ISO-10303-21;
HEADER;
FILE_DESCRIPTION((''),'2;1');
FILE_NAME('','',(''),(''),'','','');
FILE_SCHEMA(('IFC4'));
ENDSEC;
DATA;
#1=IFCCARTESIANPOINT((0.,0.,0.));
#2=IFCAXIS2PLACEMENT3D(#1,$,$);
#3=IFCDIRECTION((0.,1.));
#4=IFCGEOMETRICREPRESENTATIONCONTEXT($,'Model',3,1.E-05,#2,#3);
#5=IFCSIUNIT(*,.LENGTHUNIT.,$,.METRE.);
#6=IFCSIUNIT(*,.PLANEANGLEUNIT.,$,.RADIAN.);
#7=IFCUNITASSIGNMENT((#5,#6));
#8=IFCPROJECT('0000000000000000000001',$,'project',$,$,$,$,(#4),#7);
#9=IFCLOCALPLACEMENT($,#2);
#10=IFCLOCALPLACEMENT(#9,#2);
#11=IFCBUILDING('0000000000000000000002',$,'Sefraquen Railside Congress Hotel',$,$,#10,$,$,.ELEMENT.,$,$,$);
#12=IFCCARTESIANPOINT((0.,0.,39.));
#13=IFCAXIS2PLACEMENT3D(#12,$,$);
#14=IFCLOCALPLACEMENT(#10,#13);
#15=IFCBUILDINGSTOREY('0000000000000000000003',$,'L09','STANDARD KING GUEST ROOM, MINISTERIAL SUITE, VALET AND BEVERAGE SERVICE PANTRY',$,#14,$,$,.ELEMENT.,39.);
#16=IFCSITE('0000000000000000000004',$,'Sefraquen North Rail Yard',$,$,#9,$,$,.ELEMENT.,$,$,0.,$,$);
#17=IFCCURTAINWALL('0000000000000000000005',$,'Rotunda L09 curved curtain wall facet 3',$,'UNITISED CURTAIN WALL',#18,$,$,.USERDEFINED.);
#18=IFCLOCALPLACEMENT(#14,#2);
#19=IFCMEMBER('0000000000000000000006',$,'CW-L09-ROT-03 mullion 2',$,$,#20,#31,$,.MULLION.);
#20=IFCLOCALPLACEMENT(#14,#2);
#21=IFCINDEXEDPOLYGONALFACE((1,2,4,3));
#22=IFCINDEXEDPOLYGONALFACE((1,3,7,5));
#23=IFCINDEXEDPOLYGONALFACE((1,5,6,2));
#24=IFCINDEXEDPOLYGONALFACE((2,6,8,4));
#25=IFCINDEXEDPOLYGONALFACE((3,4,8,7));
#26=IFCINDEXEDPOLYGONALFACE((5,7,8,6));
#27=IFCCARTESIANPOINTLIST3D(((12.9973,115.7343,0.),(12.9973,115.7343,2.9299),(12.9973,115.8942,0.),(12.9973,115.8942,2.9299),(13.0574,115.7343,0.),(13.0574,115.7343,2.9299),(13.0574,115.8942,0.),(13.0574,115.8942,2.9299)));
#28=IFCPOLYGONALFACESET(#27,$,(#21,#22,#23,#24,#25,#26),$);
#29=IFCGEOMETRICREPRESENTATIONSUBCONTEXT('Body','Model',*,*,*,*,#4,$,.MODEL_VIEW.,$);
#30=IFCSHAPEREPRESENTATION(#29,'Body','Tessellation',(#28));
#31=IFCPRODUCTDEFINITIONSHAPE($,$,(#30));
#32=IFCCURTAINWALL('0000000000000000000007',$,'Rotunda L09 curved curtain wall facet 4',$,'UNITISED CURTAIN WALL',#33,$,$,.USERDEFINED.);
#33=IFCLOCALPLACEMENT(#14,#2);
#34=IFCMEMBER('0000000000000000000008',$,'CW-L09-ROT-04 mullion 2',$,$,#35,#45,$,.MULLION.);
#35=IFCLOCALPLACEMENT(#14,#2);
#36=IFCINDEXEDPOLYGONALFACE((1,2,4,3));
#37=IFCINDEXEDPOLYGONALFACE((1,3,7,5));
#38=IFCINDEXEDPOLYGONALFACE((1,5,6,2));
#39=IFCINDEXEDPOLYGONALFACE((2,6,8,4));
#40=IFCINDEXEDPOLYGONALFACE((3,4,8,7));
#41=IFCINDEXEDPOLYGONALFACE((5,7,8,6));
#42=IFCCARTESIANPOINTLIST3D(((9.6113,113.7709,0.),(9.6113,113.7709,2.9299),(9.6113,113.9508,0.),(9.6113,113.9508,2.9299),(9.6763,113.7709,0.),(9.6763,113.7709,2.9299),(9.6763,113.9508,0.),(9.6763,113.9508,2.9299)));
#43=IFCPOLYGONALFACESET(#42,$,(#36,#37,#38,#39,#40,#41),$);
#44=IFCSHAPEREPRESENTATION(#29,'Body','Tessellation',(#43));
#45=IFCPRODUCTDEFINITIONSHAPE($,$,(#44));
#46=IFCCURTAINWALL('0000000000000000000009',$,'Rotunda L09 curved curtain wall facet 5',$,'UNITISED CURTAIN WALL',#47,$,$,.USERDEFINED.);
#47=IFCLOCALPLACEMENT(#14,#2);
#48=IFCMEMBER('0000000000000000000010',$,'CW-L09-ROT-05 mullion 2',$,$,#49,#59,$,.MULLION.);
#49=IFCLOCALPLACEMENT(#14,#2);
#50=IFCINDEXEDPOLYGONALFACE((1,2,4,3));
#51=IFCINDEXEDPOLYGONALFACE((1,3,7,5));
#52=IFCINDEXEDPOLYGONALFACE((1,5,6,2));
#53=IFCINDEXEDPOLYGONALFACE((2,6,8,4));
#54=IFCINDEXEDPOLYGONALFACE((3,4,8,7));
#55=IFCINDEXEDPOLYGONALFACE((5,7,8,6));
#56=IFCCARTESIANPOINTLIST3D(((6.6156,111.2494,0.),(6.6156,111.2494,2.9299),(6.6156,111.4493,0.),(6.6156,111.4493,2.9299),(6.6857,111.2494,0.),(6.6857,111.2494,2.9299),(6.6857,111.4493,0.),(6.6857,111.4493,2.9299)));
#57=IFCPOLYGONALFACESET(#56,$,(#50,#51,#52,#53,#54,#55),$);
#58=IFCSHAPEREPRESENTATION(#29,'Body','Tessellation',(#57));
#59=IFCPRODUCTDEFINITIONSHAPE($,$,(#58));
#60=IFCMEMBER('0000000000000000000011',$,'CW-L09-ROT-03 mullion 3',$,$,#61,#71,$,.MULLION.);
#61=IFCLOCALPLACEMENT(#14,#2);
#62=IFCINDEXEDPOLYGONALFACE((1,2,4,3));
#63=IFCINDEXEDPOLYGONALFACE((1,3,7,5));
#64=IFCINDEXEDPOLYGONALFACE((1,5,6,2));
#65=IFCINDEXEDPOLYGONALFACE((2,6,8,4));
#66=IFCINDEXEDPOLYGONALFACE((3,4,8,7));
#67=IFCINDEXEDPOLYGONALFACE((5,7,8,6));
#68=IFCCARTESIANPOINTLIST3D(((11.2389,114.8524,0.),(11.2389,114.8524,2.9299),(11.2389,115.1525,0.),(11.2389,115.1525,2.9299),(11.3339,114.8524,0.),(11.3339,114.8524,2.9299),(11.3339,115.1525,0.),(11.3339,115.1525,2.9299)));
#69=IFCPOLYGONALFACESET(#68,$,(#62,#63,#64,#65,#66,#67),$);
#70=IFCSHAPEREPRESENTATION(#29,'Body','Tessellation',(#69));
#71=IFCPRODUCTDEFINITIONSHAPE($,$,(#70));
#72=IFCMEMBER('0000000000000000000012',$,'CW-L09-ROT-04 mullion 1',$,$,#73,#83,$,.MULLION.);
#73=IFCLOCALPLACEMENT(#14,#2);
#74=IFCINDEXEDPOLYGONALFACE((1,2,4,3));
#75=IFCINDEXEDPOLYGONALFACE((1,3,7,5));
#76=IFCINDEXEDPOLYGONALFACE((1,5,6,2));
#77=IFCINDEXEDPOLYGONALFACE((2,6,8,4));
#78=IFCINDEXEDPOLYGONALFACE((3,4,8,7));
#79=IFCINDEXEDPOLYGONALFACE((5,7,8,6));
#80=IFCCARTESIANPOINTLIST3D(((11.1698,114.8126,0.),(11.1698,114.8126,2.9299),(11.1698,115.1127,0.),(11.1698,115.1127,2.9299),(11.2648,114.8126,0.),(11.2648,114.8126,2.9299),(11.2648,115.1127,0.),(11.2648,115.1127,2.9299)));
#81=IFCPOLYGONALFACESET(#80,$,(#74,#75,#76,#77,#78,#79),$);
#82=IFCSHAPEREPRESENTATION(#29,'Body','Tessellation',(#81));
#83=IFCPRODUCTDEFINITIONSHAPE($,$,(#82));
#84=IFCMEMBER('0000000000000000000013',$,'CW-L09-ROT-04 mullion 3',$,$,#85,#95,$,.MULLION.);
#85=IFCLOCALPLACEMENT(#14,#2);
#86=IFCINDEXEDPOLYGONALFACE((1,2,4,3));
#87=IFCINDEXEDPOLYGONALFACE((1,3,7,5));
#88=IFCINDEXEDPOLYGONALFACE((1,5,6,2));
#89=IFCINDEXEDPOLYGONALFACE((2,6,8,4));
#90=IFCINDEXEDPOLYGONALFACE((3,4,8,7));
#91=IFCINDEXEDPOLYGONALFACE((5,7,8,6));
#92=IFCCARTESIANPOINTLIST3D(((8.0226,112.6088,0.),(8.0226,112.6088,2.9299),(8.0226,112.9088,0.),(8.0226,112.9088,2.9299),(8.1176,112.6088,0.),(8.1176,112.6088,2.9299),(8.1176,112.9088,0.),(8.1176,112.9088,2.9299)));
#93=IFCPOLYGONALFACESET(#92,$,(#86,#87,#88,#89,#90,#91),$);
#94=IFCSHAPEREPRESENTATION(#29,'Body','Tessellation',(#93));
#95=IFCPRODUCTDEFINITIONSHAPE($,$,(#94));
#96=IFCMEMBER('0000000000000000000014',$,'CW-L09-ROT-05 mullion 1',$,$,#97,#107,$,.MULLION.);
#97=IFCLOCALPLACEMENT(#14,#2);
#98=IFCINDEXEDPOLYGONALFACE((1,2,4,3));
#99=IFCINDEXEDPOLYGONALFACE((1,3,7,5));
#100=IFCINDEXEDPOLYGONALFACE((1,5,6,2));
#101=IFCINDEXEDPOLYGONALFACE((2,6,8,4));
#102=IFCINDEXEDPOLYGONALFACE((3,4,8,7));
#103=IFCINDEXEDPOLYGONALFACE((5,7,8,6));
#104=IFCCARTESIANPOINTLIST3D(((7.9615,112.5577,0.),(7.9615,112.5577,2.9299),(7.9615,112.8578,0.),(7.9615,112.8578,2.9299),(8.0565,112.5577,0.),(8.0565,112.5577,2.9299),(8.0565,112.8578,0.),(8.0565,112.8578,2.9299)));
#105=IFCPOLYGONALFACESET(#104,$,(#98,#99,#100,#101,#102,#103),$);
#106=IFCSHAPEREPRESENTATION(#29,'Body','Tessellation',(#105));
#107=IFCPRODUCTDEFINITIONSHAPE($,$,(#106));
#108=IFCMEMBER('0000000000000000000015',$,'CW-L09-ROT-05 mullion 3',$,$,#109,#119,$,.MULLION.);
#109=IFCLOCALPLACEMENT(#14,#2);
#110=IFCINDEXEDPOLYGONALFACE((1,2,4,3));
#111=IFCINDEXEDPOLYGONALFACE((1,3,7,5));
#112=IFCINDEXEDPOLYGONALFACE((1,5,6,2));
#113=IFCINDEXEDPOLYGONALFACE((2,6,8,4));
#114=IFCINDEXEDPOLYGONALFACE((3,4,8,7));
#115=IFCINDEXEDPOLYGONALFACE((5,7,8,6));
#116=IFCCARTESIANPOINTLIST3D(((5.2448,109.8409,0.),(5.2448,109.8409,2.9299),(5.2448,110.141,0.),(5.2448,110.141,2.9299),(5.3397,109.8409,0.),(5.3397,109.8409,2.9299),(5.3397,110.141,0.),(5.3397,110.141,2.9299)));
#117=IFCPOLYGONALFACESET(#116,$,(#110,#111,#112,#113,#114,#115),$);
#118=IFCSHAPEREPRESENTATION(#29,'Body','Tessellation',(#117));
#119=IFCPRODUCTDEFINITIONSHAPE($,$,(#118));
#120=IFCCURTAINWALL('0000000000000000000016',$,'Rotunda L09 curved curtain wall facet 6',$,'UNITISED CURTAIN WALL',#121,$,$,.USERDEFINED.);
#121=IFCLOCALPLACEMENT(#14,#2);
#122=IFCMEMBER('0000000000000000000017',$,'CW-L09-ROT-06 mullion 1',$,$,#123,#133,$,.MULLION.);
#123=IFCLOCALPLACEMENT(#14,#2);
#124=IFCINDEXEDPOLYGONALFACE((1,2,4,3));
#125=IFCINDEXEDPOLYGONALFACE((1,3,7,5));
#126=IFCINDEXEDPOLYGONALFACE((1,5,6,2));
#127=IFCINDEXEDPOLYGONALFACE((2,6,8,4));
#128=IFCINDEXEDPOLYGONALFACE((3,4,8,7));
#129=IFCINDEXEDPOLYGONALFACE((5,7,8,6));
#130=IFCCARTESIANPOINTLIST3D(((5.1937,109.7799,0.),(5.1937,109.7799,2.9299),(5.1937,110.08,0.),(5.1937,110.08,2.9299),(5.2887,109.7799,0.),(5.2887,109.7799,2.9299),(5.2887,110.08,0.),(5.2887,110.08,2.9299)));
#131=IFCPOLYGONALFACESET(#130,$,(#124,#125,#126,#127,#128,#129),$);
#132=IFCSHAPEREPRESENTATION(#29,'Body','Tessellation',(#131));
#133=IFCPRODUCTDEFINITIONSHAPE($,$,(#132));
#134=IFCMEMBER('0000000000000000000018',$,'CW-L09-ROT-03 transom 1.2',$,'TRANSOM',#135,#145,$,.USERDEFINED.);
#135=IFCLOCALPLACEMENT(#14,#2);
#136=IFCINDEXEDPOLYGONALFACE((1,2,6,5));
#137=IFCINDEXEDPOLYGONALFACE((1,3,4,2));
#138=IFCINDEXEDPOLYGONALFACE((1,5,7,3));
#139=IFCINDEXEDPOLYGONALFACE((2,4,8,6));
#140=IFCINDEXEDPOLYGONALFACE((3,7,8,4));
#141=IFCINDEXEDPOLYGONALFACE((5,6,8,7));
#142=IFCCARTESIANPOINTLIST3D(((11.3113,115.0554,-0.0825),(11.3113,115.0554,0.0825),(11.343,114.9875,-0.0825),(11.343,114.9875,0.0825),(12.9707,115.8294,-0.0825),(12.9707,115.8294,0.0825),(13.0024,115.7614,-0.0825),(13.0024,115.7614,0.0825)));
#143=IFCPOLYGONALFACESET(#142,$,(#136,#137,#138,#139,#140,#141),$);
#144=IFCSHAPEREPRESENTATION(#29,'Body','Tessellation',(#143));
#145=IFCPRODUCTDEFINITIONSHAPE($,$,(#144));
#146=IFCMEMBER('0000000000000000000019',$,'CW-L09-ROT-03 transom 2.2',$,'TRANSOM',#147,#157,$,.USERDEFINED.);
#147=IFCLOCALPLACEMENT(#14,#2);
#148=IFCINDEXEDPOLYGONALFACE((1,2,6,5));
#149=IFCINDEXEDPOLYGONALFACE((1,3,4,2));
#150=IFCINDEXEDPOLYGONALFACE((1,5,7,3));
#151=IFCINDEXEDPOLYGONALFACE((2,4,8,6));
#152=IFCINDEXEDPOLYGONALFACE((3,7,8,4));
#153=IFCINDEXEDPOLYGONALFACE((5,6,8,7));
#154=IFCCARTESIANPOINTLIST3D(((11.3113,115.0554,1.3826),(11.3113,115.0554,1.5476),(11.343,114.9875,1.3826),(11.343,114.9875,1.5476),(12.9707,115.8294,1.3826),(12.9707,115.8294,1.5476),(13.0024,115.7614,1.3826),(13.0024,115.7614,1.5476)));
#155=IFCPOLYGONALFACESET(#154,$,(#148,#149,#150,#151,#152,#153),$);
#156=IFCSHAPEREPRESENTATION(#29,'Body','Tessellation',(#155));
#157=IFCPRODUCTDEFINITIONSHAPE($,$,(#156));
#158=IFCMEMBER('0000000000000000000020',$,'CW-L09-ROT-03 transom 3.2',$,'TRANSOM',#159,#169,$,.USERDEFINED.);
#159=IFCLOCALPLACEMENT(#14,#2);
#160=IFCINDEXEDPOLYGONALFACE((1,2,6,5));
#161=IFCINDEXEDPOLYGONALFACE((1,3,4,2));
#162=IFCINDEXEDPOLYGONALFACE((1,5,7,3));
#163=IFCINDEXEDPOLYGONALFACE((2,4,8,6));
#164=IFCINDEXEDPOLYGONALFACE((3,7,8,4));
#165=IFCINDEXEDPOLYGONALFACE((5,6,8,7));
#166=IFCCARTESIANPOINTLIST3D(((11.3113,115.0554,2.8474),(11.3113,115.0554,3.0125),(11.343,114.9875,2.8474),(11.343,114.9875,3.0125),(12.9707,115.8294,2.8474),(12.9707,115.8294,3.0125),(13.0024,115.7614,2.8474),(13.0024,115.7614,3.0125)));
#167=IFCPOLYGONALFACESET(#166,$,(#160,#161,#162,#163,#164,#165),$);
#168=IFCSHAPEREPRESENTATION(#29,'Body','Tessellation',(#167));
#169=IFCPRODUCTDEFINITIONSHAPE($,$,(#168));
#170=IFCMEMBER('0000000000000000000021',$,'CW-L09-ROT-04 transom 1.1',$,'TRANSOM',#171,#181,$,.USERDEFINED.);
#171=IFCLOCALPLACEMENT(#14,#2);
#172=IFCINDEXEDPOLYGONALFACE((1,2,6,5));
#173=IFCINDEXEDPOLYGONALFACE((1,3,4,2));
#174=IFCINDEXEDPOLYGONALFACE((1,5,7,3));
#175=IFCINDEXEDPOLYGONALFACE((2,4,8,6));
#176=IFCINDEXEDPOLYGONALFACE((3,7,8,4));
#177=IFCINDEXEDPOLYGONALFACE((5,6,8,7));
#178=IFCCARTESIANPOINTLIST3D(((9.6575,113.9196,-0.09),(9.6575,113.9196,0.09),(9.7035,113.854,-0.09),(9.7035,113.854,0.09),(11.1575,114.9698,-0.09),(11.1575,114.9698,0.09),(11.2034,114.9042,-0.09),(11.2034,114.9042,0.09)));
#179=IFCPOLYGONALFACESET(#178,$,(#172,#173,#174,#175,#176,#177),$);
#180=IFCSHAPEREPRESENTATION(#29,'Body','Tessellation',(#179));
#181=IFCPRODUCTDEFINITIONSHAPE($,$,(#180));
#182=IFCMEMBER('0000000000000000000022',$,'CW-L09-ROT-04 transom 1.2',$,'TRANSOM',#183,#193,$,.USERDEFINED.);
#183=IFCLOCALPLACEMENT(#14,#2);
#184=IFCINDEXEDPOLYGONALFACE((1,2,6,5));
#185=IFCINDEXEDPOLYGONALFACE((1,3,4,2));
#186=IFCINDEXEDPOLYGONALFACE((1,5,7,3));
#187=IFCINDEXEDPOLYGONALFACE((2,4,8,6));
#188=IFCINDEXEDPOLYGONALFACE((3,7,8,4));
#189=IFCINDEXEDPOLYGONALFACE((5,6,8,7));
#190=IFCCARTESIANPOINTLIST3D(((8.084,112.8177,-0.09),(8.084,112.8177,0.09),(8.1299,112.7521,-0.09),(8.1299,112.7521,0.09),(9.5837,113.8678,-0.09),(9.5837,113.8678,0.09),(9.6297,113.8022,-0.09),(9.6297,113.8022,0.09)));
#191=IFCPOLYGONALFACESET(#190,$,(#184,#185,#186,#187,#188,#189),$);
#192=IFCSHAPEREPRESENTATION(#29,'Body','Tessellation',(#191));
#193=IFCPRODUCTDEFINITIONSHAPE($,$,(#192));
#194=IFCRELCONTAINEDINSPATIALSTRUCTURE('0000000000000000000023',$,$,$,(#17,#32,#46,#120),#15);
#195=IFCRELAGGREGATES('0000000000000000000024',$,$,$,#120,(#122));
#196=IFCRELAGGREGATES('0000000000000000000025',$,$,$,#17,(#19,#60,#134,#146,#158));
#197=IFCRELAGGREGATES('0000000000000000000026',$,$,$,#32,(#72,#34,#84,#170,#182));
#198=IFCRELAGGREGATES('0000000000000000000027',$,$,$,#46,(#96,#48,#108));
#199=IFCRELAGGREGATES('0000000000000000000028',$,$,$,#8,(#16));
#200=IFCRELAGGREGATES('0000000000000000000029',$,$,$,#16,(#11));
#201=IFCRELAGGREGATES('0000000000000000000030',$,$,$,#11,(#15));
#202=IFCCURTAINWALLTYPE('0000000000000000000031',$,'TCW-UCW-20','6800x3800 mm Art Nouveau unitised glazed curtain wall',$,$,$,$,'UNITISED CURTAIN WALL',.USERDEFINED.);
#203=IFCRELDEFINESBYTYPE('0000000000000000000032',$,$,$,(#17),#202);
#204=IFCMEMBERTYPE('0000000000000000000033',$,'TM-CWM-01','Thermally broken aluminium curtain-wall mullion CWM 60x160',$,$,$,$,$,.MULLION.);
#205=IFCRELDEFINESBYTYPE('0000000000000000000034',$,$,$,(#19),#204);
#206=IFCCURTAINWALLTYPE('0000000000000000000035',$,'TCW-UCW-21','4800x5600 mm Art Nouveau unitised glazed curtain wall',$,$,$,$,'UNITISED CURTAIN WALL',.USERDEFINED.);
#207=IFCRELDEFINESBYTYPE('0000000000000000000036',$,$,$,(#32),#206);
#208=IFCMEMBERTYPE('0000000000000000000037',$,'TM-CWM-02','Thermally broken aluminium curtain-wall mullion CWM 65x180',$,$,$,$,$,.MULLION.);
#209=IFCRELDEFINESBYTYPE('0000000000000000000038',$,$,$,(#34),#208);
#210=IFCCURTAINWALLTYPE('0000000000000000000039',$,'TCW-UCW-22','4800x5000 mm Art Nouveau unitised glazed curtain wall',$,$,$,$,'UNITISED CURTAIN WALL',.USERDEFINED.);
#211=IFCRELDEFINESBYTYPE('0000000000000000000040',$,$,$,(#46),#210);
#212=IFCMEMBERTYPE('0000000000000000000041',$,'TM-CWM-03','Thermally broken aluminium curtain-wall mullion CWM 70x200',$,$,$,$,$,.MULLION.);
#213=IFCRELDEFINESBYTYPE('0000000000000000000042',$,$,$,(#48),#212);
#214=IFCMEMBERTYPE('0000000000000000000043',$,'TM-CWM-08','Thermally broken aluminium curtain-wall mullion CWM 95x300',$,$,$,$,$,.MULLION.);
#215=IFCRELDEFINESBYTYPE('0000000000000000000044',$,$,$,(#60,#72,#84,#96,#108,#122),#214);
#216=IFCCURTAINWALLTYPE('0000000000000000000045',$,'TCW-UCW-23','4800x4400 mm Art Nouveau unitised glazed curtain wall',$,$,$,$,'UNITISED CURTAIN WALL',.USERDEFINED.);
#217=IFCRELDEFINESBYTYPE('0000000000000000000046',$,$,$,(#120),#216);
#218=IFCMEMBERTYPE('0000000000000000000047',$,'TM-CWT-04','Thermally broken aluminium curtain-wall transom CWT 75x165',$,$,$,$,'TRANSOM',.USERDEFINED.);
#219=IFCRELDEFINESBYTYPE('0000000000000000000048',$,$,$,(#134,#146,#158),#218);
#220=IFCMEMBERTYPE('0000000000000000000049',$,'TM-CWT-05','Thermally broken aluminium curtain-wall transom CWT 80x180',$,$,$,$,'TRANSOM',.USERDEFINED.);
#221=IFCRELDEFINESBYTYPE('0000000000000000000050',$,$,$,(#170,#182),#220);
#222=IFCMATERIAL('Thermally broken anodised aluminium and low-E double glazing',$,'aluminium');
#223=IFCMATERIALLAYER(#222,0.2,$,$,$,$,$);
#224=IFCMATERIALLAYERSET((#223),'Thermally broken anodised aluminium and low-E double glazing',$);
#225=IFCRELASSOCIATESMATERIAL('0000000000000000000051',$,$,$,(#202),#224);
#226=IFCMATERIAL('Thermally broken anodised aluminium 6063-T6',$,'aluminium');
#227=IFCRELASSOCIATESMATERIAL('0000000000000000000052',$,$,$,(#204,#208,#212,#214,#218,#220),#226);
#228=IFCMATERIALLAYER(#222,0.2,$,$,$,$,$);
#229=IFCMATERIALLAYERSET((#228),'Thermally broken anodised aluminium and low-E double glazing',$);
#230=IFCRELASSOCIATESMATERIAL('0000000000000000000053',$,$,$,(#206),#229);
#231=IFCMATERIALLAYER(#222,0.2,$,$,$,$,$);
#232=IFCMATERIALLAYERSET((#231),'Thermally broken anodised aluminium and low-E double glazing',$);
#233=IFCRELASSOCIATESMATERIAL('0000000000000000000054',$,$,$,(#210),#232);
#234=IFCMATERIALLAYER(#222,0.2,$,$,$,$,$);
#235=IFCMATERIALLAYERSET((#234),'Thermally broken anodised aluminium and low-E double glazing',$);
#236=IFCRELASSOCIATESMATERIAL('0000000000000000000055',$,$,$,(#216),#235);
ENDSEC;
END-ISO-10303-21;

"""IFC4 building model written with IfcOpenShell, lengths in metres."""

from ifc_helpers import new_model, si_unit, direction, frame, origin, origin_2d, place, context, subcontext, project, spatial, rectangle, extrude, material, layer, layer_set, material_profile, profile_set, type_object, element, aggregate, save


model = new_model("IFC4")

# Units and contexts
model_context = context("Model", 3, precision=1e-05, world=origin(), true_north=direction((0.0, 1.0)))
body_context = subcontext(model_context, "Body", "Model", "MODEL_VIEW")
ifc_project = project(units=[si_unit("LENGTHUNIT", "METRE"), si_unit("PLANEANGLEUNIT", "RADIAN")], contexts=[model_context])

# Site, building, storey
site_placement = place(None, origin())
site = spatial("IfcSite", under=ifc_project, at=site_placement, Name="Sefraquen North Rail Yard", CompositionType="ELEMENT", RefElevation=0.0)
building_placement = place(site_placement, origin())
building = spatial("IfcBuilding", under=site, at=building_placement, Name="Sefraquen Railside Congress Hotel", CompositionType="ELEMENT")
storey_placement = place(building_placement, frame((0.0, 0.0, 39.0)))
storey = spatial("IfcBuildingStorey", under=building, at=storey_placement, Name="L09", Description="STANDARD KING GUEST ROOM, MINISTERIAL SUITE, VALET AND BEVERAGE SERVICE PANTRY", CompositionType="ELEMENT", Elevation=39.0)

# Curtain walls, members
ifc_material_1 = material(Name="Thermally broken anodised aluminium and low-E double glazing", Category="aluminium")
ifc_layer_1 = layer(ifc_material_1, 0.2)
ifc_layer_set_1 = layer_set([ifc_layer_1], Name="Thermally broken anodised aluminium and low-E double glazing")
curtain_wall_type_1 = type_object("IfcCurtainWallType", Name="TCW-UCW-20", Description="6800x3800 mm Art Nouveau unitised glazed curtain wall", ElementType="UNITISED CURTAIN WALL", PredefinedType="USERDEFINED", material=ifc_layer_set_1)
curtain_wall_1_placement = place(storey_placement, origin())
curtain_wall_1 = element("IfcCurtainWall", 1, at=curtain_wall_1_placement, inside=storey, type_object=curtain_wall_type_1, Name="Rotunda L09 curved curtain wall facet 3", ObjectType="UNITISED CURTAIN WALL", PredefinedType="USERDEFINED")
ifc_material_2 = material(Name="Thermally broken anodised aluminium 6063-T6", Category="aluminium")
ifc_material_profile_1 = material_profile(ifc_material_2, rectangle(XDim=0.0601, YDim=0.1599, at=origin_2d()), Name="CWM 60x160")
ifc_profile_set_1 = profile_set([ifc_material_profile_1], Name="Thermally broken anodised aluminium 6063-T6")
member_type_1 = type_object("IfcMemberType", Name="TM-CWM-01", Description="Thermally broken aluminium curtain-wall mullion CWM 60x160", PredefinedType="MULLION", material=ifc_profile_set_1)
member_1_placement = place(storey_placement, frame((13.0273, 115.8142, 0.0), z_axis=(0.0, 0.0, 1.0), x_axis=(1.0, 0.0, 0.0)))
member_1 = element("IfcMember", 2, at=member_1_placement, type_object=member_type_1, Name="CW-L09-ROT-03 mullion 2", PredefinedType="MULLION", context=body_context, shape_type="SweptSolid", body=[
    extrude(rectangle(XDim=0.0601, YDim=0.1599, at=origin_2d()), origin(), (0.0, 0.0, 1.0), 2.9299),
])
ifc_layer_2 = layer(ifc_material_1, 0.2)
ifc_layer_set_2 = layer_set([ifc_layer_2], Name="Thermally broken anodised aluminium and low-E double glazing")
curtain_wall_type_2 = type_object("IfcCurtainWallType", Name="TCW-UCW-21", Description="4800x5600 mm Art Nouveau unitised glazed curtain wall", ElementType="UNITISED CURTAIN WALL", PredefinedType="USERDEFINED", material=ifc_layer_set_2)
curtain_wall_2_placement = place(storey_placement, origin())
curtain_wall_2 = element("IfcCurtainWall", 3, at=curtain_wall_2_placement, inside=storey, type_object=curtain_wall_type_2, Name="Rotunda L09 curved curtain wall facet 4", ObjectType="UNITISED CURTAIN WALL", PredefinedType="USERDEFINED")
ifc_material_profile_2 = material_profile(ifc_material_2, rectangle(XDim=0.0649, YDim=0.1799, at=origin_2d()), Name="CWM 65x180")
ifc_profile_set_2 = profile_set([ifc_material_profile_2], Name="Thermally broken anodised aluminium 6063-T6")
member_type_2 = type_object("IfcMemberType", Name="TM-CWM-02", Description="Thermally broken aluminium curtain-wall mullion CWM 65x180", PredefinedType="MULLION", material=ifc_profile_set_2)
member_2_placement = place(storey_placement, frame((9.6438, 113.8608, 0.0), z_axis=(0.0, 0.0, 1.0), x_axis=(1.0, 0.0, 0.0)))
member_2 = element("IfcMember", 4, at=member_2_placement, type_object=member_type_2, Name="CW-L09-ROT-04 mullion 2", PredefinedType="MULLION", context=body_context, shape_type="SweptSolid", body=[
    extrude(rectangle(XDim=0.0649, YDim=0.1799, at=origin_2d()), origin(), (0.0, 0.0, 1.0), 2.9299),
])
ifc_layer_3 = layer(ifc_material_1, 0.2)
ifc_layer_set_3 = layer_set([ifc_layer_3], Name="Thermally broken anodised aluminium and low-E double glazing")
curtain_wall_type_3 = type_object("IfcCurtainWallType", Name="TCW-UCW-22", Description="4800x5000 mm Art Nouveau unitised glazed curtain wall", ElementType="UNITISED CURTAIN WALL", PredefinedType="USERDEFINED", material=ifc_layer_set_3)
curtain_wall_3_placement = place(storey_placement, origin())
curtain_wall_3 = element("IfcCurtainWall", 5, at=curtain_wall_3_placement, inside=storey, type_object=curtain_wall_type_3, Name="Rotunda L09 curved curtain wall facet 5", ObjectType="UNITISED CURTAIN WALL", PredefinedType="USERDEFINED")
ifc_material_profile_3 = material_profile(ifc_material_2, rectangle(XDim=0.0701, YDim=0.2, at=origin_2d()), Name="CWM 70x200")
ifc_profile_set_3 = profile_set([ifc_material_profile_3], Name="Thermally broken anodised aluminium 6063-T6")
member_type_3 = type_object("IfcMemberType", Name="TM-CWM-03", Description="Thermally broken aluminium curtain-wall mullion CWM 70x200", PredefinedType="MULLION", material=ifc_profile_set_3)
member_3_placement = place(storey_placement, frame((6.6506, 111.3494, 0.0), z_axis=(0.0, 0.0, 1.0), x_axis=(1.0, 0.0, 0.0)))
member_3 = element("IfcMember", 6, at=member_3_placement, type_object=member_type_3, Name="CW-L09-ROT-05 mullion 2", PredefinedType="MULLION", context=body_context, shape_type="SweptSolid", body=[
    extrude(rectangle(XDim=0.0701, YDim=0.2, at=origin_2d()), origin(), (0.0, 0.0, 1.0), 2.9299),
])

# Members
ifc_material_profile_4 = material_profile(ifc_material_2, rectangle(XDim=0.095, YDim=0.3, at=origin_2d()), Name="CWM 95x300")
ifc_profile_set_4 = profile_set([ifc_material_profile_4], Name="Thermally broken anodised aluminium 6063-T6")
member_type_4 = type_object("IfcMemberType", Name="TM-CWM-08", Description="Thermally broken aluminium curtain-wall mullion CWM 95x300", PredefinedType="MULLION", material=ifc_profile_set_4)
member_4_placement = place(storey_placement, frame((11.2864, 115.0024, 0.0), z_axis=(0.0, 0.0, 1.0), x_axis=(1.0, 0.0, 0.0)))
member_4 = element("IfcMember", 7, at=member_4_placement, type_object=member_type_4, Name="CW-L09-ROT-03 mullion 3", PredefinedType="MULLION", context=body_context, shape_type="SweptSolid", body=[
    extrude(rectangle(XDim=0.095, YDim=0.3, at=origin_2d()), origin(), (0.0, 0.0, 1.0), 2.9299),
])
member_5_placement = place(storey_placement, frame((11.2173, 114.9626, 0.0), z_axis=(0.0, 0.0, 1.0), x_axis=(1.0, 0.0, 0.0)))
member_5 = element("IfcMember", 8, at=member_5_placement, type_object=member_type_4, Name="CW-L09-ROT-04 mullion 1", PredefinedType="MULLION", context=body_context, shape_type="SweptSolid", body=[
    extrude(rectangle(XDim=0.095, YDim=0.3, at=origin_2d()), origin(), (0.0, 0.0, 1.0), 2.9299),
])
member_6_placement = place(storey_placement, frame((8.0701, 112.7588, 0.0), z_axis=(0.0, 0.0, 1.0), x_axis=(1.0, 0.0, 0.0)))
member_6 = element("IfcMember", 9, at=member_6_placement, type_object=member_type_4, Name="CW-L09-ROT-04 mullion 3", PredefinedType="MULLION", context=body_context, shape_type="SweptSolid", body=[
    extrude(rectangle(XDim=0.095, YDim=0.3, at=origin_2d()), origin(), (0.0, 0.0, 1.0), 2.9299),
])
member_7_placement = place(storey_placement, frame((8.009, 112.7078, 0.0), z_axis=(0.0, 0.0, 1.0), x_axis=(1.0, 0.0, 0.0)))
member_7 = element("IfcMember", 10, at=member_7_placement, type_object=member_type_4, Name="CW-L09-ROT-05 mullion 1", PredefinedType="MULLION", context=body_context, shape_type="SweptSolid", body=[
    extrude(rectangle(XDim=0.095, YDim=0.3, at=origin_2d()), origin(), (0.0, 0.0, 1.0), 2.9299),
])
member_8_placement = place(storey_placement, frame((5.2922, 109.991, 0.0), z_axis=(0.0, 0.0, 1.0), x_axis=(1.0, 0.0, 0.0)))
member_8 = element("IfcMember", 11, at=member_8_placement, type_object=member_type_4, Name="CW-L09-ROT-05 mullion 3", PredefinedType="MULLION", context=body_context, shape_type="SweptSolid", body=[
    extrude(rectangle(XDim=0.095, YDim=0.3, at=origin_2d()), origin(), (0.0, 0.0, 1.0), 2.9299),
])

# Curtain wall, member
ifc_layer_4 = layer(ifc_material_1, 0.2)
ifc_layer_set_4 = layer_set([ifc_layer_4], Name="Thermally broken anodised aluminium and low-E double glazing")
curtain_wall_type_4 = type_object("IfcCurtainWallType", Name="TCW-UCW-23", Description="4800x4400 mm Art Nouveau unitised glazed curtain wall", ElementType="UNITISED CURTAIN WALL", PredefinedType="USERDEFINED", material=ifc_layer_set_4)
curtain_wall_4_placement = place(storey_placement, origin())
curtain_wall_4 = element("IfcCurtainWall", 12, at=curtain_wall_4_placement, inside=storey, type_object=curtain_wall_type_4, Name="Rotunda L09 curved curtain wall facet 6", ObjectType="UNITISED CURTAIN WALL", PredefinedType="USERDEFINED")
member_9_placement = place(storey_placement, frame((5.2412, 109.9299, 0.0), z_axis=(0.0, 0.0, 1.0), x_axis=(1.0, 0.0, 0.0)))
member_9 = element("IfcMember", 13, at=member_9_placement, type_object=member_type_4, Name="CW-L09-ROT-06 mullion 1", PredefinedType="MULLION", context=body_context, shape_type="SweptSolid", body=[
    extrude(rectangle(XDim=0.095, YDim=0.3, at=origin_2d()), origin(), (0.0, 0.0, 1.0), 2.9299),
])

# Members
ifc_material_profile_5 = material_profile(ifc_material_2, rectangle(XDim=0.075, YDim=0.165, at=origin_2d()), Name="CWT 75x165")
ifc_profile_set_5 = profile_set([ifc_material_profile_5], Name="Thermally broken anodised aluminium 6063-T6")
member_type_5 = type_object("IfcMemberType", Name="TM-CWT-04", Description="Thermally broken aluminium curtain-wall transom CWT 75x165", ElementType="TRANSOM", PredefinedType="USERDEFINED", material=ifc_profile_set_5)
member_10_placement = place(storey_placement, frame((12.9866, 115.7954, 0.0), z_axis=(-0.906282, -0.422674, 0.0), x_axis=(0.422674, -0.906282, 0.0)))
member_10 = element("IfcMember", 14, at=member_10_placement, type_object=member_type_5, Name="CW-L09-ROT-03 transom 1.2", ObjectType="TRANSOM", PredefinedType="USERDEFINED", context=body_context, shape_type="SweptSolid", body=[
    extrude(rectangle(XDim=0.075, YDim=0.165, at=origin_2d()), origin(), (0.0, 0.0, 1.0), 1.8311),
])
member_11_placement = place(storey_placement, frame((12.9866, 115.7954, 1.4651), z_axis=(-0.906282, -0.422674, 0.0), x_axis=(0.422674, -0.906282, 0.0)))
member_11 = element("IfcMember", 15, at=member_11_placement, type_object=member_type_5, Name="CW-L09-ROT-03 transom 2.2", ObjectType="TRANSOM", PredefinedType="USERDEFINED", context=body_context, shape_type="SweptSolid", body=[
    extrude(rectangle(XDim=0.075, YDim=0.165, at=origin_2d()), origin(), (0.0, 0.0, 1.0), 1.8311),
])
member_12_placement = place(storey_placement, frame((12.9866, 115.7954, 2.9299), z_axis=(-0.906282, -0.422674, 0.0), x_axis=(0.422674, -0.906282, 0.0)))
member_12 = element("IfcMember", 16, at=member_12_placement, type_object=member_type_5, Name="CW-L09-ROT-03 transom 3.2", ObjectType="TRANSOM", PredefinedType="USERDEFINED", context=body_context, shape_type="SweptSolid", body=[
    extrude(rectangle(XDim=0.075, YDim=0.165, at=origin_2d()), origin(), (0.0, 0.0, 1.0), 1.8311),
])
ifc_material_profile_6 = material_profile(ifc_material_2, rectangle(XDim=0.0801, YDim=0.1799, at=origin_2d()), Name="CWT 80x180")
ifc_profile_set_6 = profile_set([ifc_material_profile_6], Name="Thermally broken anodised aluminium 6063-T6")
member_type_6 = type_object("IfcMemberType", Name="TM-CWT-05", Description="Thermally broken aluminium curtain-wall transom CWT 80x180", ElementType="TRANSOM", PredefinedType="USERDEFINED", material=ifc_profile_set_6)
member_13_placement = place(storey_placement, frame((11.1804, 114.937, 0.0), z_axis=(-0.819157, -0.57357, 0.0), x_axis=(0.57357, -0.819157, 0.0)))
member_13 = element("IfcMember", 17, at=member_13_placement, type_object=member_type_6, Name="CW-L09-ROT-04 transom 1.1", ObjectType="TRANSOM", PredefinedType="USERDEFINED", context=body_context, shape_type="SweptSolid", body=[
    extrude(rectangle(XDim=0.0801, YDim=0.1799, at=origin_2d()), origin(), (0.0, 0.0, 1.0), 1.8311),
])
member_14_placement = place(storey_placement, frame((9.6067, 113.835, 0.0), z_axis=(-0.819176, -0.573543, 0.0), x_axis=(0.573543, -0.819176, 0.0)))
member_14 = element("IfcMember", 18, at=member_14_placement, type_object=member_type_6, Name="CW-L09-ROT-04 transom 1.2", ObjectType="TRANSOM", PredefinedType="USERDEFINED", context=body_context, shape_type="SweptSolid", body=[
    extrude(rectangle(XDim=0.0801, YDim=0.1799, at=origin_2d()), origin(), (0.0, 0.0, 1.0), 1.8308),
])
aggregate(curtain_wall_4, [member_9])

aggregate(curtain_wall_1, [member_1, member_4, member_10, member_11, member_12])
aggregate(curtain_wall_2, [member_5, member_2, member_6, member_13, member_14])
aggregate(curtain_wall_3, [member_7, member_3, member_8])

save(model, "model.ifc")
